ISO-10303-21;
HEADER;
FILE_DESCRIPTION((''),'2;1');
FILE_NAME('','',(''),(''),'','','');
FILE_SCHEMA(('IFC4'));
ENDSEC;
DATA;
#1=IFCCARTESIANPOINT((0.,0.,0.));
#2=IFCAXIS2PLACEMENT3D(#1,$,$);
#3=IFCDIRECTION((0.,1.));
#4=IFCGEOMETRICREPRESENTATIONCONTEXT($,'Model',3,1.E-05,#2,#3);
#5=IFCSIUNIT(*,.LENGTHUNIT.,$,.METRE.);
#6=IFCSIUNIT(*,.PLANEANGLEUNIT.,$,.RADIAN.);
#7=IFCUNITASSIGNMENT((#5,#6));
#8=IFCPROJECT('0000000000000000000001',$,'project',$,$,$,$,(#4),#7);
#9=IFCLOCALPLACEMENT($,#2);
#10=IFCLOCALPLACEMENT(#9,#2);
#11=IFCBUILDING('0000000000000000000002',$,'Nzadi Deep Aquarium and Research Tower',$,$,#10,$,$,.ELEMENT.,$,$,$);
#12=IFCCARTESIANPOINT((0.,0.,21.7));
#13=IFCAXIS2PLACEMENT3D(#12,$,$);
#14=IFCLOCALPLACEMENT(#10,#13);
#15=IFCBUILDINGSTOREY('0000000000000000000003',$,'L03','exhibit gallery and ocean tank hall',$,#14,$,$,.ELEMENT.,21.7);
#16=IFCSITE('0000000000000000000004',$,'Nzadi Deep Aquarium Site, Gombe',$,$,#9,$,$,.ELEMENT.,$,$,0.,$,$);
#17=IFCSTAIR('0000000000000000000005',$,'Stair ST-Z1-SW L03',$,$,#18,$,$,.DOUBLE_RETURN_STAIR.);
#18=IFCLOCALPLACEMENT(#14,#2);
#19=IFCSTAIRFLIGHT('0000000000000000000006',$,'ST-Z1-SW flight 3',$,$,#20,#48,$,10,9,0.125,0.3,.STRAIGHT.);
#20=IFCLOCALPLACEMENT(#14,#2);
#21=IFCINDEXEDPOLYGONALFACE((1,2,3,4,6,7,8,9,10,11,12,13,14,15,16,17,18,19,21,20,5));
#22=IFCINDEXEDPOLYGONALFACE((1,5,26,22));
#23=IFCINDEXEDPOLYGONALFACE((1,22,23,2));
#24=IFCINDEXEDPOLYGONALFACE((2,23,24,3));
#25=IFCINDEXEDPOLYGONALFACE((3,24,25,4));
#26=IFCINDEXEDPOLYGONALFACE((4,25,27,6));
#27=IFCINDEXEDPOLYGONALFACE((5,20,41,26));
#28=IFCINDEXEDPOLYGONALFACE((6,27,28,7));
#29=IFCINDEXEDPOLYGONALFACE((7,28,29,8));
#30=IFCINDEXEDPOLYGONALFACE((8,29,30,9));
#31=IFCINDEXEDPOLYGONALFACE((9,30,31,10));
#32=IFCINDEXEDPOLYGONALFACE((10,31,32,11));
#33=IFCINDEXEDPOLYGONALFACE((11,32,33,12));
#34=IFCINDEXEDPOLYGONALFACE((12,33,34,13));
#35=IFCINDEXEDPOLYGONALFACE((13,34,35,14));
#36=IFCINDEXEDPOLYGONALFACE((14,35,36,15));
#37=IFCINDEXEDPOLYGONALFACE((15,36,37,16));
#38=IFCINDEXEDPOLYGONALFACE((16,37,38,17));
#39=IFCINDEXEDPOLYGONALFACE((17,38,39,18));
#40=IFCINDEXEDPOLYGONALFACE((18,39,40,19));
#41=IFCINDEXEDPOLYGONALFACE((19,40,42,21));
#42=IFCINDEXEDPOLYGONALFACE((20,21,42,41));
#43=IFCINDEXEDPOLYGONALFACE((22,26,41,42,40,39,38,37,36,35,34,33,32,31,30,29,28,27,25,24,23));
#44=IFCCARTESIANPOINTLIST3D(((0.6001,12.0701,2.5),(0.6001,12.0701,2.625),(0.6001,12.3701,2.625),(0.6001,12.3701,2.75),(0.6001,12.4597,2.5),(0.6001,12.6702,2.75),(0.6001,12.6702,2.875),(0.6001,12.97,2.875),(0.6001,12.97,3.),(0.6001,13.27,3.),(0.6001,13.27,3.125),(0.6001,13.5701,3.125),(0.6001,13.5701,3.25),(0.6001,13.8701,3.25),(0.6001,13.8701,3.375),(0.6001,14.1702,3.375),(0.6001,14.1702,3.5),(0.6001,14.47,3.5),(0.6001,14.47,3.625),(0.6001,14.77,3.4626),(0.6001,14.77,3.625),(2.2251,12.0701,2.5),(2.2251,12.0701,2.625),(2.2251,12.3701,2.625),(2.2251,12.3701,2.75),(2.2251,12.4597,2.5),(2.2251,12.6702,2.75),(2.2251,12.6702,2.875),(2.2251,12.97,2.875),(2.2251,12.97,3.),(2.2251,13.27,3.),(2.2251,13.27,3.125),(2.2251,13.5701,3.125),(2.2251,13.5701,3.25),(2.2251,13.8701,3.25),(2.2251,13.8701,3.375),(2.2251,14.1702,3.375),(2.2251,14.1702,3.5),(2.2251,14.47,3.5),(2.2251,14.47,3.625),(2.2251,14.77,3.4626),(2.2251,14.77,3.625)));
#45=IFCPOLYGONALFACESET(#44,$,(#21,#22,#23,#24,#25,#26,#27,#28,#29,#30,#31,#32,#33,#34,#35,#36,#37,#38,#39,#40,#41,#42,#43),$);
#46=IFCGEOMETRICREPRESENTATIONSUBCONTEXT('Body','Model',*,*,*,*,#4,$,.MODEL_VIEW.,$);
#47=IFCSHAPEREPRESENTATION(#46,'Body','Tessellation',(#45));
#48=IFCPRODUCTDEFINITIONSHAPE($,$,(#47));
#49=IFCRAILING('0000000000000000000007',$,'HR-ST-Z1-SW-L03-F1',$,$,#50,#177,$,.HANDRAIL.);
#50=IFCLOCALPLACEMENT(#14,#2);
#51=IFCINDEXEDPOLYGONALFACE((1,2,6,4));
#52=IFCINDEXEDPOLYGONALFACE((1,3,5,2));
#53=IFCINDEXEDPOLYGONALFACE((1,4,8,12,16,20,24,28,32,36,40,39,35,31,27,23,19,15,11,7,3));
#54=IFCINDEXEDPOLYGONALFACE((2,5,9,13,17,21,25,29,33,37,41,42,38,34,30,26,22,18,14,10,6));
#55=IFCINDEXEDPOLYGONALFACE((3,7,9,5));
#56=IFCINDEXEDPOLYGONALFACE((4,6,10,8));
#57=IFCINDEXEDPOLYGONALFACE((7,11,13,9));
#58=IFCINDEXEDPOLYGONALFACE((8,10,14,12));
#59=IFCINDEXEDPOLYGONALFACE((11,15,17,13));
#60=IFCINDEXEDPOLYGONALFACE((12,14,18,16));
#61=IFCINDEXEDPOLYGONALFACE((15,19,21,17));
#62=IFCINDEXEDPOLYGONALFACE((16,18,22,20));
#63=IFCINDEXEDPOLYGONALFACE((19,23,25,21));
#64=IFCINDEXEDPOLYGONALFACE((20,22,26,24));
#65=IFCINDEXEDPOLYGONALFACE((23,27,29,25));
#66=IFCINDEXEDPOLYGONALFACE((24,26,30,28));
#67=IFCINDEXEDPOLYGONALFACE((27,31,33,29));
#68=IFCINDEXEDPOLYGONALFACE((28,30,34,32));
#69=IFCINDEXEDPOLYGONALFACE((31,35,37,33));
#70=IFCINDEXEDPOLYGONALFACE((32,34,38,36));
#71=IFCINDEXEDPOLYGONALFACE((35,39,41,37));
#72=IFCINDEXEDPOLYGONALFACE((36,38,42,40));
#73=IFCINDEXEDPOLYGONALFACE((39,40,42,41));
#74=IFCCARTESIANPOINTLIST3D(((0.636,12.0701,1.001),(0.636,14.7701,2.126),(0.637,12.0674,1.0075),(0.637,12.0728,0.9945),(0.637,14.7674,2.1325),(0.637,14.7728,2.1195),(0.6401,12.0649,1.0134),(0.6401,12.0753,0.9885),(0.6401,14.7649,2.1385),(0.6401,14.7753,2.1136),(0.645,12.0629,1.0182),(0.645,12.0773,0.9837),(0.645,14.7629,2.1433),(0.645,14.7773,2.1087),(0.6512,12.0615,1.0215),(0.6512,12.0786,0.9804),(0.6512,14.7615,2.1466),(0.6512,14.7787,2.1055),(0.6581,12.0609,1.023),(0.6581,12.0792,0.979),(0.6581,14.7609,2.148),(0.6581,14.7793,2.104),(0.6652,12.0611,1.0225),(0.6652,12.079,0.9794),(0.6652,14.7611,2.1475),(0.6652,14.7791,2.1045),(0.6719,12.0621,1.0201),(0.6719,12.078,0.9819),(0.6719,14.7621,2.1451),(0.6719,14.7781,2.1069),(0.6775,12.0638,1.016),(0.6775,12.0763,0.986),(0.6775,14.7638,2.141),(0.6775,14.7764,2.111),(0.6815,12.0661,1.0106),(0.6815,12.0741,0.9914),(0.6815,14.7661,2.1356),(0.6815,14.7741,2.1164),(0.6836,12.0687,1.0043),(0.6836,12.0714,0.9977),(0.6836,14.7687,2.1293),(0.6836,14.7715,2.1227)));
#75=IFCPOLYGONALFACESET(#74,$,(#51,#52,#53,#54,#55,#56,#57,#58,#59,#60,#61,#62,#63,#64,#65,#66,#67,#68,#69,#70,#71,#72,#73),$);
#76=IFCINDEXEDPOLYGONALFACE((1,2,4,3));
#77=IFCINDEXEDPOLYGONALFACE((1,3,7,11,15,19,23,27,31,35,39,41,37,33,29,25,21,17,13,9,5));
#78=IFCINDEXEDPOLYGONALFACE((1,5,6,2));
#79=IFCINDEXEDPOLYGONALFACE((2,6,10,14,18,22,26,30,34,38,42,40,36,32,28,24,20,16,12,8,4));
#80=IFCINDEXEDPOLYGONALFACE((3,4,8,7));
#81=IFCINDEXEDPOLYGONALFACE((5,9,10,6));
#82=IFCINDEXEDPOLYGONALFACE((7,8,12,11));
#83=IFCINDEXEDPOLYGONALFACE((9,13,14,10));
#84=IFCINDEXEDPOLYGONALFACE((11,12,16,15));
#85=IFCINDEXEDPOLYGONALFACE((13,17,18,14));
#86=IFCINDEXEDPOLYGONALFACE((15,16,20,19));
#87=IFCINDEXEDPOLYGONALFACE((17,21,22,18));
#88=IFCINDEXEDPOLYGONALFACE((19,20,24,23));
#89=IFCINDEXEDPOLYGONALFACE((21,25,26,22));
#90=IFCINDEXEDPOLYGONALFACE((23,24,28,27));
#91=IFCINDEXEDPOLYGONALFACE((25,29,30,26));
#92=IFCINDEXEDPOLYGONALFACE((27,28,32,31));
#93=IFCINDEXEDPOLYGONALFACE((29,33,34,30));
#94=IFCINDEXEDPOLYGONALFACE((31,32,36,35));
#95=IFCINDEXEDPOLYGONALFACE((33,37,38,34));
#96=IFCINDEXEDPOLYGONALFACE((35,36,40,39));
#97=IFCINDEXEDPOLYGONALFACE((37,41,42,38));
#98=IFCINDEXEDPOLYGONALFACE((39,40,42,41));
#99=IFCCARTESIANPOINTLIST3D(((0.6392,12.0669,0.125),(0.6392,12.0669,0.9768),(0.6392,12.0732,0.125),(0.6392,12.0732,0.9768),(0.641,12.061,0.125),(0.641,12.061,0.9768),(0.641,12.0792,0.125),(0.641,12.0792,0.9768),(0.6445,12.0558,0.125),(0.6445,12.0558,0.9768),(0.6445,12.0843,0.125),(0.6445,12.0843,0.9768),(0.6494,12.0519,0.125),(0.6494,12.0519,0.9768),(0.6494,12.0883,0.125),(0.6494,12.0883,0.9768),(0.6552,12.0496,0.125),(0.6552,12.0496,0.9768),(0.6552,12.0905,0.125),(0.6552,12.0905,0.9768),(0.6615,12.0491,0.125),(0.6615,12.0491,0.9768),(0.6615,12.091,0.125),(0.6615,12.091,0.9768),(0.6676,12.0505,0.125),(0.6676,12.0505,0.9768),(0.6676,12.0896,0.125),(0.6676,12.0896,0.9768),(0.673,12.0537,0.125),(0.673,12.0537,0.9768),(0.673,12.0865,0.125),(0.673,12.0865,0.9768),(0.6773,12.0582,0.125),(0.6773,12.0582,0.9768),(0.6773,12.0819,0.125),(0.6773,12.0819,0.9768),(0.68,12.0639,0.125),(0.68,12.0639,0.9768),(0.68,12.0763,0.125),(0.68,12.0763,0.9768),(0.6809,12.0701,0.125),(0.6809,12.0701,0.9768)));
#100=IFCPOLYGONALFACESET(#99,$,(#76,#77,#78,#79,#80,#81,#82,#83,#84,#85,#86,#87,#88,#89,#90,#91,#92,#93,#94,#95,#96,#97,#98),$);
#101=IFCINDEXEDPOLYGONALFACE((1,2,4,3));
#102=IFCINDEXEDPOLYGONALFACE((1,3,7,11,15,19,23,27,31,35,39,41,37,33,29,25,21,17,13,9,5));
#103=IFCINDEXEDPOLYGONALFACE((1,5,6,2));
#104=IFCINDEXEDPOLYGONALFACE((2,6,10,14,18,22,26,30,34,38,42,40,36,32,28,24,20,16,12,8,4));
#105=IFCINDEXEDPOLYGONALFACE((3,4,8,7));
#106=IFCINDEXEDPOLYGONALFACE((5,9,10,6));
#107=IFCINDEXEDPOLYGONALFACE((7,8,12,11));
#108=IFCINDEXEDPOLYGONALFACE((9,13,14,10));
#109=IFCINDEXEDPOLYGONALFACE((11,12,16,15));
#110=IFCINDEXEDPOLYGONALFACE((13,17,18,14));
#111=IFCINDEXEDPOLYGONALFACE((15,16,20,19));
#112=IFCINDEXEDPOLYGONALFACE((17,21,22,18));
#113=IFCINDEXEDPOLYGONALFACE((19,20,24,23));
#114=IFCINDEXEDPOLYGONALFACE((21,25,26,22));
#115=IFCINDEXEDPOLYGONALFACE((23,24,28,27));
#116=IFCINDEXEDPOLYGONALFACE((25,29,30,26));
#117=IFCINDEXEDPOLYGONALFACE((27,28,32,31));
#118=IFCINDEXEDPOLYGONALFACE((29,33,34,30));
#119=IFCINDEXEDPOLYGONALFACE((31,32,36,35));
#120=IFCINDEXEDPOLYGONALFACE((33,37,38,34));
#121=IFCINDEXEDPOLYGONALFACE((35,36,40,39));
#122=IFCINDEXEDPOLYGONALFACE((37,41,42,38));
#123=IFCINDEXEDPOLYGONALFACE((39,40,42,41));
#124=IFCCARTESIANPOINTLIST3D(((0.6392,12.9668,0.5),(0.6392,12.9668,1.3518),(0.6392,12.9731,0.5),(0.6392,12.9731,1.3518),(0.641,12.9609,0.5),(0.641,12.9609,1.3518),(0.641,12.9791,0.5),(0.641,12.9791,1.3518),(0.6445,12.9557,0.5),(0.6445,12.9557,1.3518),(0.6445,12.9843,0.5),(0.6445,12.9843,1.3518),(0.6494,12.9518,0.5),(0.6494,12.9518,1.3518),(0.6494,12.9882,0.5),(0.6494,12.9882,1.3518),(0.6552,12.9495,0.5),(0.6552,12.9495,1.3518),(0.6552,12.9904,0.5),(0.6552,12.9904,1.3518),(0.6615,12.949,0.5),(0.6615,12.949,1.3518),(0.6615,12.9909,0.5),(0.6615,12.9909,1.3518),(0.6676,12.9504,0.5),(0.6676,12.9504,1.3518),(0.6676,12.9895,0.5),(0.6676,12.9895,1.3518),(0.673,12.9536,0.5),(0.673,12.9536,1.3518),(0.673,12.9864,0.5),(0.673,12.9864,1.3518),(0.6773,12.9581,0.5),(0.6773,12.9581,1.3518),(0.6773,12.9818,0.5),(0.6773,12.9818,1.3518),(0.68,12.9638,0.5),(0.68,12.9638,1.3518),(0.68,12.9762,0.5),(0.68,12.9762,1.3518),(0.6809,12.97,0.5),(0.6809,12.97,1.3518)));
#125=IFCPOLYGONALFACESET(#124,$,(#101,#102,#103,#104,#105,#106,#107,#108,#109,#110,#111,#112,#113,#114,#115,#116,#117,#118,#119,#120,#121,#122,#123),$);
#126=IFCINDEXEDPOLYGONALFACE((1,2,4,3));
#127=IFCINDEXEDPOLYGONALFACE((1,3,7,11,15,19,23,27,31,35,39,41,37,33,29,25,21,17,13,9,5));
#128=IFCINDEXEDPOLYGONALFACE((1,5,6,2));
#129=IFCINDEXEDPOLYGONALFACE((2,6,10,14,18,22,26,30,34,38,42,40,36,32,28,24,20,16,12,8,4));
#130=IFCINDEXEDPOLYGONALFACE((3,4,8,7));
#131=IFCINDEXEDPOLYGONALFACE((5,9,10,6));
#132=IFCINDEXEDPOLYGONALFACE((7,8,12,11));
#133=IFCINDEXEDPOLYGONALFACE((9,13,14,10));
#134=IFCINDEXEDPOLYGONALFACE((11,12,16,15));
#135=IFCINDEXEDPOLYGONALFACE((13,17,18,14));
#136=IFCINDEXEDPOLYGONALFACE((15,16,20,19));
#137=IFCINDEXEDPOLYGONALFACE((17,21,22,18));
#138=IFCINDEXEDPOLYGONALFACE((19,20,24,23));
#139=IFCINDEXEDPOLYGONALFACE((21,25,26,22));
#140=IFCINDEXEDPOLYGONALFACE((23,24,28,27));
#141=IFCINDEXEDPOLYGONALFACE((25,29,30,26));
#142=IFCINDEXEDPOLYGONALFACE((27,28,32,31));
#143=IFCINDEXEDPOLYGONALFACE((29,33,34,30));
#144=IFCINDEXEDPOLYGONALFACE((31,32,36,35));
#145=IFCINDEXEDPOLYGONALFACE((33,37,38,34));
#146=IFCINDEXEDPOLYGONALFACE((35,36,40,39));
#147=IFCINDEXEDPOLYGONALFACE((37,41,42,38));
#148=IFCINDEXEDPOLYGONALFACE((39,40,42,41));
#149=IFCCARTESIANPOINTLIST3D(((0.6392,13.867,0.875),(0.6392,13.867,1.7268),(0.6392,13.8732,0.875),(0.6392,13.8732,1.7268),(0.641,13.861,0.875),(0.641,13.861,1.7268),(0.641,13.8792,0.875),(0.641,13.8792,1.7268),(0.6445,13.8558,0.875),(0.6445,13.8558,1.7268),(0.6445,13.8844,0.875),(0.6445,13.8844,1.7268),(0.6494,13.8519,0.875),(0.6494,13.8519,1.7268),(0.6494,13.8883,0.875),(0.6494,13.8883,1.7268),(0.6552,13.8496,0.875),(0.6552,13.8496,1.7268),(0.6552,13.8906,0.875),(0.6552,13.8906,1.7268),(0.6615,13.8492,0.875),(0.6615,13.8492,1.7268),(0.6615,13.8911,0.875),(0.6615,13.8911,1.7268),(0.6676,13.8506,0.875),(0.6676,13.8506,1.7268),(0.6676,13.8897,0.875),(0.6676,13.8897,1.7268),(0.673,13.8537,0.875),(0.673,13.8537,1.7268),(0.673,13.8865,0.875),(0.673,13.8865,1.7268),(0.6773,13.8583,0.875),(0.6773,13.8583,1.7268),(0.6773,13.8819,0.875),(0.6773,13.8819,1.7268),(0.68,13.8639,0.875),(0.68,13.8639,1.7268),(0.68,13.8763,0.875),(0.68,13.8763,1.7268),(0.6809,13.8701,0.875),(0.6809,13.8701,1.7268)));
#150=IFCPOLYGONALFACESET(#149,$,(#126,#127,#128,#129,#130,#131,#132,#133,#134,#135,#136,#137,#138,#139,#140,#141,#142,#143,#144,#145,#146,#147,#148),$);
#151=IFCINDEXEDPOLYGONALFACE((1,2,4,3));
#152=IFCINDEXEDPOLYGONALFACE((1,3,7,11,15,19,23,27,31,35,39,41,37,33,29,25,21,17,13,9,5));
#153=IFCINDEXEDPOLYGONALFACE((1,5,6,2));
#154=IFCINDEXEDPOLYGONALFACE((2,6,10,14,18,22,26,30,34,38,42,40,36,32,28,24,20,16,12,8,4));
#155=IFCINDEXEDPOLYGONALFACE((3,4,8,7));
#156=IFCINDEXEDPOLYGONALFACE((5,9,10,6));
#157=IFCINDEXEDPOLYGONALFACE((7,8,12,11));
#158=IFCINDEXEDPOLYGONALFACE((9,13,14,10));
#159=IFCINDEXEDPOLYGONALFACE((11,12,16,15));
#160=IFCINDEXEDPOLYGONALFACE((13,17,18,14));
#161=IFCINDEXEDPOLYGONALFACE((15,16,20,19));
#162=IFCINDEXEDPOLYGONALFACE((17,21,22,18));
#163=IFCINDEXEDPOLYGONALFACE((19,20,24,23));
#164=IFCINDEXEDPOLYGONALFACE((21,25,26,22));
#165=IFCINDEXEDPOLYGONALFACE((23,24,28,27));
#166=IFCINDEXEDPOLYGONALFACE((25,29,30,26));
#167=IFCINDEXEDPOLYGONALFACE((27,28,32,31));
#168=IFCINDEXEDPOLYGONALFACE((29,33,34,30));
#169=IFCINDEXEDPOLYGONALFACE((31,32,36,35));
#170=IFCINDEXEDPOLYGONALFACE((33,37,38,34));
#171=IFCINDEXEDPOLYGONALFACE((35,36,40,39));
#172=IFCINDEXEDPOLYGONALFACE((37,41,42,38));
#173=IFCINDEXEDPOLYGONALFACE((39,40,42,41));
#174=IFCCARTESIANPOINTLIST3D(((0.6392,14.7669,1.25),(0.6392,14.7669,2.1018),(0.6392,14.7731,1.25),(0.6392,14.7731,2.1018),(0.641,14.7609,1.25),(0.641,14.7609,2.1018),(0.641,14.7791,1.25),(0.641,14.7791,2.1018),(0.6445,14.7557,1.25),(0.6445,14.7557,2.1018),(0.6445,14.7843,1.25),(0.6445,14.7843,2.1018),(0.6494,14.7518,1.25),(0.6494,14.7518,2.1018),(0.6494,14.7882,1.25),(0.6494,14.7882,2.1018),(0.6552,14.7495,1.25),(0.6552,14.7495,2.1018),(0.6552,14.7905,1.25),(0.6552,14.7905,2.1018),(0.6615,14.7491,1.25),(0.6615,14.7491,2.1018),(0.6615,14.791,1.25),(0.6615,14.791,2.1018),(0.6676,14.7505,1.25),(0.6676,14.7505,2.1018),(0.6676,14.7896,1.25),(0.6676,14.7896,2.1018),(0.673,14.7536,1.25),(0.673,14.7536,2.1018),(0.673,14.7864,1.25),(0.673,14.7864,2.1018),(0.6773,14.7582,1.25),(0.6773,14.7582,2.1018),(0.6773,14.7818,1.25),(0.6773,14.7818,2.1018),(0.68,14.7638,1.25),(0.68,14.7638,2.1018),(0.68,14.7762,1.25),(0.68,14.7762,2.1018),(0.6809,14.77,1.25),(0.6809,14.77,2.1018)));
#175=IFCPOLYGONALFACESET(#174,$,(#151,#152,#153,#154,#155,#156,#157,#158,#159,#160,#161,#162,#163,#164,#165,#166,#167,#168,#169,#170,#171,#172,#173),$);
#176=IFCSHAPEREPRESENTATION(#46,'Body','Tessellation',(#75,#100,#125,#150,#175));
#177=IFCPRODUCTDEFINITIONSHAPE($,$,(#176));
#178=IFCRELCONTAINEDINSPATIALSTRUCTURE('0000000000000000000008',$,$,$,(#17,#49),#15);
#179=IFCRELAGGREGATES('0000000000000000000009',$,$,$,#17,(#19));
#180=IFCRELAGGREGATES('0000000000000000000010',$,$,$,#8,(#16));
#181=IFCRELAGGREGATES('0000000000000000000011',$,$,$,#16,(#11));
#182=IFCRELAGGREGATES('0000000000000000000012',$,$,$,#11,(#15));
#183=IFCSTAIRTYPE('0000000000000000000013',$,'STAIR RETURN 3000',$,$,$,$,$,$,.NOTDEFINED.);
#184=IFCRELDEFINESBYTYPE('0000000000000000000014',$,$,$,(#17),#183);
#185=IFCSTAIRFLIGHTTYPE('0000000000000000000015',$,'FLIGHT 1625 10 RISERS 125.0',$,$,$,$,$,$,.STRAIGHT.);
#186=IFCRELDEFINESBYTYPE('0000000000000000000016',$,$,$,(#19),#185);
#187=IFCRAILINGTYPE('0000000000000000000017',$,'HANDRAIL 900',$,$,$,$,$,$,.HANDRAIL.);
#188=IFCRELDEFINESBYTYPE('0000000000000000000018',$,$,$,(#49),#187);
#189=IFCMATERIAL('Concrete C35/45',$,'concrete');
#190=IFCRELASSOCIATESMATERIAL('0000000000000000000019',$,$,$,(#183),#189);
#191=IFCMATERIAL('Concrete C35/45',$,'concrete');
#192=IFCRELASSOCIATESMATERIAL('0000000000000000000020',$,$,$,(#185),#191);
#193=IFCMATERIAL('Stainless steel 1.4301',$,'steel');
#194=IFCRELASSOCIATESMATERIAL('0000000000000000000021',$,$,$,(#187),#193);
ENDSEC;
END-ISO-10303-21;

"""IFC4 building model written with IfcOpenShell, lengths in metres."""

from ifc_helpers import new_model, si_unit, direction, frame, origin, origin_2d, place, context, subcontext, project, spatial, polyline, circle, outline, extrude, material, type_object, element, aggregate, save


model = new_model("IFC4")

# Units and contexts
model_context = context("Model", 3, precision=1e-05, world=origin(), true_north=direction((0.0, 1.0)))
body_context = subcontext(model_context, "Body", "Model", "MODEL_VIEW")
ifc_project = project(units=[si_unit("LENGTHUNIT", "METRE"), si_unit("PLANEANGLEUNIT", "RADIAN")], contexts=[model_context])

# Site, building, storey
site_placement = place(None, origin())
site = spatial("IfcSite", under=ifc_project, at=site_placement, Name="Nzadi Deep Aquarium Site, Gombe", CompositionType="ELEMENT", RefElevation=0.0)
building_placement = place(site_placement, origin())
building = spatial("IfcBuilding", under=site, at=building_placement, Name="Nzadi Deep Aquarium and Research Tower", CompositionType="ELEMENT")
storey_placement = place(building_placement, frame((0.0, 0.0, 21.7)))
storey = spatial("IfcBuildingStorey", under=building, at=storey_placement, Name="L03", Description="exhibit gallery and ocean tank hall", CompositionType="ELEMENT", Elevation=21.7)

# Stair, stair flight
ifc_material_1 = material(Name="Concrete C35/45", Category="concrete")
stair_type = type_object("IfcStairType", Name="STAIR RETURN 3000", PredefinedType="NOTDEFINED", material=ifc_material_1)
stair_placement = place(storey_placement, origin())
stair = element("IfcStair", 1, at=stair_placement, inside=storey, type_object=stair_type, Name="Stair ST-Z1-SW L03", PredefinedType="DOUBLE_RETURN_STAIR")
ifc_material_2 = material(Name="Concrete C35/45", Category="concrete")
stair_flight_type = type_object("IfcStairFlightType", Name="FLIGHT 1625 10 RISERS 125.0", PredefinedType="STRAIGHT", material=ifc_material_2)
stair_flight_1_placement = place(storey_placement, frame((1.4126, 12.0701, 2.5), z_axis=(0.0, 0.0, 1.0), x_axis=(0.0, 1.0, 0.0)))
stair_flight_1 = element("IfcStairFlight", 2, at=stair_flight_1_placement, type_object=stair_flight_type, Name="ST-Z1-SW flight 3", NumberOfRisers=10, NumberOfTreads=9, PredefinedType="STRAIGHT", RiserHeight=0.125, TreadLength=0.3, context=body_context, shape_type="SweptSolid", body=[
    extrude(outline(polyline([(0.0, 0.0), (0.0, 0.125), (0.3, 0.125), (0.3, 0.25), (0.6001, 0.25), (0.6001, 0.375), (0.8999, 0.375), (0.8999, 0.5), (1.2, 0.5), (1.2, 0.625), (1.5, 0.625), (1.5, 0.75), (1.8, 0.75), (1.8, 0.875), (2.1001, 0.875), (2.1001, 1.0), (2.3999, 1.0), (2.3999, 1.125), (2.7, 1.125), (2.7, 1.25), (2.7, 0.9626), (0.3896, 0.0), (0.0, 0.0)])), frame((0.0, 0.8125, 0.0), z_axis=(0.0, -1.0, 0.0), x_axis=(1.0, 0.0, 0.0)), (0.0, 0.0, 1.0), 1.625),
])
aggregate(stair, [stair_flight_1])

# Railing
ifc_material_3 = material(Name="Stainless steel 1.4301", Category="steel")
railing_type = type_object("IfcRailingType", Name="HANDRAIL 900", PredefinedType="HANDRAIL", material=ifc_material_3)
for number, where, name in (
    (3, (0.6599, 12.0701, 0.125), "HR-ST-Z1-SW-L03-F1"),
):
    element("IfcRailing", number, at=place(storey_placement, frame(where)), inside=storey, type_object=railing_type, Name=name, PredefinedType="HANDRAIL", context=body_context, shape_type="SweptSolid", body=[
        extrude(circle(Radius=0.0239, at=origin_2d()), frame((0.0, 0.0, 0.876), z_axis=(0.0, 0.923074, 0.384621), x_axis=(-1.0, 0.0, 0.0)), (0.0, 0.0, 1.0), 2.925),
        extrude(circle(Radius=0.021, at=origin_2d()), origin(), (0.0, 0.0, 1.0), 0.8518),
        extrude(circle(Radius=0.021, at=origin_2d()), frame((0.0, 0.8999, 0.375)), (0.0, 0.0, 1.0), 0.8518),
        extrude(circle(Radius=0.021, at=origin_2d()), frame((0.0, 1.8, 0.75)), (0.0, 0.0, 1.0), 0.8518),
        extrude(circle(Radius=0.021, at=origin_2d()), frame((0.0, 2.7, 1.125)), (0.0, 0.0, 1.0), 0.8518),
    ])

save(model, "model.ifc")
